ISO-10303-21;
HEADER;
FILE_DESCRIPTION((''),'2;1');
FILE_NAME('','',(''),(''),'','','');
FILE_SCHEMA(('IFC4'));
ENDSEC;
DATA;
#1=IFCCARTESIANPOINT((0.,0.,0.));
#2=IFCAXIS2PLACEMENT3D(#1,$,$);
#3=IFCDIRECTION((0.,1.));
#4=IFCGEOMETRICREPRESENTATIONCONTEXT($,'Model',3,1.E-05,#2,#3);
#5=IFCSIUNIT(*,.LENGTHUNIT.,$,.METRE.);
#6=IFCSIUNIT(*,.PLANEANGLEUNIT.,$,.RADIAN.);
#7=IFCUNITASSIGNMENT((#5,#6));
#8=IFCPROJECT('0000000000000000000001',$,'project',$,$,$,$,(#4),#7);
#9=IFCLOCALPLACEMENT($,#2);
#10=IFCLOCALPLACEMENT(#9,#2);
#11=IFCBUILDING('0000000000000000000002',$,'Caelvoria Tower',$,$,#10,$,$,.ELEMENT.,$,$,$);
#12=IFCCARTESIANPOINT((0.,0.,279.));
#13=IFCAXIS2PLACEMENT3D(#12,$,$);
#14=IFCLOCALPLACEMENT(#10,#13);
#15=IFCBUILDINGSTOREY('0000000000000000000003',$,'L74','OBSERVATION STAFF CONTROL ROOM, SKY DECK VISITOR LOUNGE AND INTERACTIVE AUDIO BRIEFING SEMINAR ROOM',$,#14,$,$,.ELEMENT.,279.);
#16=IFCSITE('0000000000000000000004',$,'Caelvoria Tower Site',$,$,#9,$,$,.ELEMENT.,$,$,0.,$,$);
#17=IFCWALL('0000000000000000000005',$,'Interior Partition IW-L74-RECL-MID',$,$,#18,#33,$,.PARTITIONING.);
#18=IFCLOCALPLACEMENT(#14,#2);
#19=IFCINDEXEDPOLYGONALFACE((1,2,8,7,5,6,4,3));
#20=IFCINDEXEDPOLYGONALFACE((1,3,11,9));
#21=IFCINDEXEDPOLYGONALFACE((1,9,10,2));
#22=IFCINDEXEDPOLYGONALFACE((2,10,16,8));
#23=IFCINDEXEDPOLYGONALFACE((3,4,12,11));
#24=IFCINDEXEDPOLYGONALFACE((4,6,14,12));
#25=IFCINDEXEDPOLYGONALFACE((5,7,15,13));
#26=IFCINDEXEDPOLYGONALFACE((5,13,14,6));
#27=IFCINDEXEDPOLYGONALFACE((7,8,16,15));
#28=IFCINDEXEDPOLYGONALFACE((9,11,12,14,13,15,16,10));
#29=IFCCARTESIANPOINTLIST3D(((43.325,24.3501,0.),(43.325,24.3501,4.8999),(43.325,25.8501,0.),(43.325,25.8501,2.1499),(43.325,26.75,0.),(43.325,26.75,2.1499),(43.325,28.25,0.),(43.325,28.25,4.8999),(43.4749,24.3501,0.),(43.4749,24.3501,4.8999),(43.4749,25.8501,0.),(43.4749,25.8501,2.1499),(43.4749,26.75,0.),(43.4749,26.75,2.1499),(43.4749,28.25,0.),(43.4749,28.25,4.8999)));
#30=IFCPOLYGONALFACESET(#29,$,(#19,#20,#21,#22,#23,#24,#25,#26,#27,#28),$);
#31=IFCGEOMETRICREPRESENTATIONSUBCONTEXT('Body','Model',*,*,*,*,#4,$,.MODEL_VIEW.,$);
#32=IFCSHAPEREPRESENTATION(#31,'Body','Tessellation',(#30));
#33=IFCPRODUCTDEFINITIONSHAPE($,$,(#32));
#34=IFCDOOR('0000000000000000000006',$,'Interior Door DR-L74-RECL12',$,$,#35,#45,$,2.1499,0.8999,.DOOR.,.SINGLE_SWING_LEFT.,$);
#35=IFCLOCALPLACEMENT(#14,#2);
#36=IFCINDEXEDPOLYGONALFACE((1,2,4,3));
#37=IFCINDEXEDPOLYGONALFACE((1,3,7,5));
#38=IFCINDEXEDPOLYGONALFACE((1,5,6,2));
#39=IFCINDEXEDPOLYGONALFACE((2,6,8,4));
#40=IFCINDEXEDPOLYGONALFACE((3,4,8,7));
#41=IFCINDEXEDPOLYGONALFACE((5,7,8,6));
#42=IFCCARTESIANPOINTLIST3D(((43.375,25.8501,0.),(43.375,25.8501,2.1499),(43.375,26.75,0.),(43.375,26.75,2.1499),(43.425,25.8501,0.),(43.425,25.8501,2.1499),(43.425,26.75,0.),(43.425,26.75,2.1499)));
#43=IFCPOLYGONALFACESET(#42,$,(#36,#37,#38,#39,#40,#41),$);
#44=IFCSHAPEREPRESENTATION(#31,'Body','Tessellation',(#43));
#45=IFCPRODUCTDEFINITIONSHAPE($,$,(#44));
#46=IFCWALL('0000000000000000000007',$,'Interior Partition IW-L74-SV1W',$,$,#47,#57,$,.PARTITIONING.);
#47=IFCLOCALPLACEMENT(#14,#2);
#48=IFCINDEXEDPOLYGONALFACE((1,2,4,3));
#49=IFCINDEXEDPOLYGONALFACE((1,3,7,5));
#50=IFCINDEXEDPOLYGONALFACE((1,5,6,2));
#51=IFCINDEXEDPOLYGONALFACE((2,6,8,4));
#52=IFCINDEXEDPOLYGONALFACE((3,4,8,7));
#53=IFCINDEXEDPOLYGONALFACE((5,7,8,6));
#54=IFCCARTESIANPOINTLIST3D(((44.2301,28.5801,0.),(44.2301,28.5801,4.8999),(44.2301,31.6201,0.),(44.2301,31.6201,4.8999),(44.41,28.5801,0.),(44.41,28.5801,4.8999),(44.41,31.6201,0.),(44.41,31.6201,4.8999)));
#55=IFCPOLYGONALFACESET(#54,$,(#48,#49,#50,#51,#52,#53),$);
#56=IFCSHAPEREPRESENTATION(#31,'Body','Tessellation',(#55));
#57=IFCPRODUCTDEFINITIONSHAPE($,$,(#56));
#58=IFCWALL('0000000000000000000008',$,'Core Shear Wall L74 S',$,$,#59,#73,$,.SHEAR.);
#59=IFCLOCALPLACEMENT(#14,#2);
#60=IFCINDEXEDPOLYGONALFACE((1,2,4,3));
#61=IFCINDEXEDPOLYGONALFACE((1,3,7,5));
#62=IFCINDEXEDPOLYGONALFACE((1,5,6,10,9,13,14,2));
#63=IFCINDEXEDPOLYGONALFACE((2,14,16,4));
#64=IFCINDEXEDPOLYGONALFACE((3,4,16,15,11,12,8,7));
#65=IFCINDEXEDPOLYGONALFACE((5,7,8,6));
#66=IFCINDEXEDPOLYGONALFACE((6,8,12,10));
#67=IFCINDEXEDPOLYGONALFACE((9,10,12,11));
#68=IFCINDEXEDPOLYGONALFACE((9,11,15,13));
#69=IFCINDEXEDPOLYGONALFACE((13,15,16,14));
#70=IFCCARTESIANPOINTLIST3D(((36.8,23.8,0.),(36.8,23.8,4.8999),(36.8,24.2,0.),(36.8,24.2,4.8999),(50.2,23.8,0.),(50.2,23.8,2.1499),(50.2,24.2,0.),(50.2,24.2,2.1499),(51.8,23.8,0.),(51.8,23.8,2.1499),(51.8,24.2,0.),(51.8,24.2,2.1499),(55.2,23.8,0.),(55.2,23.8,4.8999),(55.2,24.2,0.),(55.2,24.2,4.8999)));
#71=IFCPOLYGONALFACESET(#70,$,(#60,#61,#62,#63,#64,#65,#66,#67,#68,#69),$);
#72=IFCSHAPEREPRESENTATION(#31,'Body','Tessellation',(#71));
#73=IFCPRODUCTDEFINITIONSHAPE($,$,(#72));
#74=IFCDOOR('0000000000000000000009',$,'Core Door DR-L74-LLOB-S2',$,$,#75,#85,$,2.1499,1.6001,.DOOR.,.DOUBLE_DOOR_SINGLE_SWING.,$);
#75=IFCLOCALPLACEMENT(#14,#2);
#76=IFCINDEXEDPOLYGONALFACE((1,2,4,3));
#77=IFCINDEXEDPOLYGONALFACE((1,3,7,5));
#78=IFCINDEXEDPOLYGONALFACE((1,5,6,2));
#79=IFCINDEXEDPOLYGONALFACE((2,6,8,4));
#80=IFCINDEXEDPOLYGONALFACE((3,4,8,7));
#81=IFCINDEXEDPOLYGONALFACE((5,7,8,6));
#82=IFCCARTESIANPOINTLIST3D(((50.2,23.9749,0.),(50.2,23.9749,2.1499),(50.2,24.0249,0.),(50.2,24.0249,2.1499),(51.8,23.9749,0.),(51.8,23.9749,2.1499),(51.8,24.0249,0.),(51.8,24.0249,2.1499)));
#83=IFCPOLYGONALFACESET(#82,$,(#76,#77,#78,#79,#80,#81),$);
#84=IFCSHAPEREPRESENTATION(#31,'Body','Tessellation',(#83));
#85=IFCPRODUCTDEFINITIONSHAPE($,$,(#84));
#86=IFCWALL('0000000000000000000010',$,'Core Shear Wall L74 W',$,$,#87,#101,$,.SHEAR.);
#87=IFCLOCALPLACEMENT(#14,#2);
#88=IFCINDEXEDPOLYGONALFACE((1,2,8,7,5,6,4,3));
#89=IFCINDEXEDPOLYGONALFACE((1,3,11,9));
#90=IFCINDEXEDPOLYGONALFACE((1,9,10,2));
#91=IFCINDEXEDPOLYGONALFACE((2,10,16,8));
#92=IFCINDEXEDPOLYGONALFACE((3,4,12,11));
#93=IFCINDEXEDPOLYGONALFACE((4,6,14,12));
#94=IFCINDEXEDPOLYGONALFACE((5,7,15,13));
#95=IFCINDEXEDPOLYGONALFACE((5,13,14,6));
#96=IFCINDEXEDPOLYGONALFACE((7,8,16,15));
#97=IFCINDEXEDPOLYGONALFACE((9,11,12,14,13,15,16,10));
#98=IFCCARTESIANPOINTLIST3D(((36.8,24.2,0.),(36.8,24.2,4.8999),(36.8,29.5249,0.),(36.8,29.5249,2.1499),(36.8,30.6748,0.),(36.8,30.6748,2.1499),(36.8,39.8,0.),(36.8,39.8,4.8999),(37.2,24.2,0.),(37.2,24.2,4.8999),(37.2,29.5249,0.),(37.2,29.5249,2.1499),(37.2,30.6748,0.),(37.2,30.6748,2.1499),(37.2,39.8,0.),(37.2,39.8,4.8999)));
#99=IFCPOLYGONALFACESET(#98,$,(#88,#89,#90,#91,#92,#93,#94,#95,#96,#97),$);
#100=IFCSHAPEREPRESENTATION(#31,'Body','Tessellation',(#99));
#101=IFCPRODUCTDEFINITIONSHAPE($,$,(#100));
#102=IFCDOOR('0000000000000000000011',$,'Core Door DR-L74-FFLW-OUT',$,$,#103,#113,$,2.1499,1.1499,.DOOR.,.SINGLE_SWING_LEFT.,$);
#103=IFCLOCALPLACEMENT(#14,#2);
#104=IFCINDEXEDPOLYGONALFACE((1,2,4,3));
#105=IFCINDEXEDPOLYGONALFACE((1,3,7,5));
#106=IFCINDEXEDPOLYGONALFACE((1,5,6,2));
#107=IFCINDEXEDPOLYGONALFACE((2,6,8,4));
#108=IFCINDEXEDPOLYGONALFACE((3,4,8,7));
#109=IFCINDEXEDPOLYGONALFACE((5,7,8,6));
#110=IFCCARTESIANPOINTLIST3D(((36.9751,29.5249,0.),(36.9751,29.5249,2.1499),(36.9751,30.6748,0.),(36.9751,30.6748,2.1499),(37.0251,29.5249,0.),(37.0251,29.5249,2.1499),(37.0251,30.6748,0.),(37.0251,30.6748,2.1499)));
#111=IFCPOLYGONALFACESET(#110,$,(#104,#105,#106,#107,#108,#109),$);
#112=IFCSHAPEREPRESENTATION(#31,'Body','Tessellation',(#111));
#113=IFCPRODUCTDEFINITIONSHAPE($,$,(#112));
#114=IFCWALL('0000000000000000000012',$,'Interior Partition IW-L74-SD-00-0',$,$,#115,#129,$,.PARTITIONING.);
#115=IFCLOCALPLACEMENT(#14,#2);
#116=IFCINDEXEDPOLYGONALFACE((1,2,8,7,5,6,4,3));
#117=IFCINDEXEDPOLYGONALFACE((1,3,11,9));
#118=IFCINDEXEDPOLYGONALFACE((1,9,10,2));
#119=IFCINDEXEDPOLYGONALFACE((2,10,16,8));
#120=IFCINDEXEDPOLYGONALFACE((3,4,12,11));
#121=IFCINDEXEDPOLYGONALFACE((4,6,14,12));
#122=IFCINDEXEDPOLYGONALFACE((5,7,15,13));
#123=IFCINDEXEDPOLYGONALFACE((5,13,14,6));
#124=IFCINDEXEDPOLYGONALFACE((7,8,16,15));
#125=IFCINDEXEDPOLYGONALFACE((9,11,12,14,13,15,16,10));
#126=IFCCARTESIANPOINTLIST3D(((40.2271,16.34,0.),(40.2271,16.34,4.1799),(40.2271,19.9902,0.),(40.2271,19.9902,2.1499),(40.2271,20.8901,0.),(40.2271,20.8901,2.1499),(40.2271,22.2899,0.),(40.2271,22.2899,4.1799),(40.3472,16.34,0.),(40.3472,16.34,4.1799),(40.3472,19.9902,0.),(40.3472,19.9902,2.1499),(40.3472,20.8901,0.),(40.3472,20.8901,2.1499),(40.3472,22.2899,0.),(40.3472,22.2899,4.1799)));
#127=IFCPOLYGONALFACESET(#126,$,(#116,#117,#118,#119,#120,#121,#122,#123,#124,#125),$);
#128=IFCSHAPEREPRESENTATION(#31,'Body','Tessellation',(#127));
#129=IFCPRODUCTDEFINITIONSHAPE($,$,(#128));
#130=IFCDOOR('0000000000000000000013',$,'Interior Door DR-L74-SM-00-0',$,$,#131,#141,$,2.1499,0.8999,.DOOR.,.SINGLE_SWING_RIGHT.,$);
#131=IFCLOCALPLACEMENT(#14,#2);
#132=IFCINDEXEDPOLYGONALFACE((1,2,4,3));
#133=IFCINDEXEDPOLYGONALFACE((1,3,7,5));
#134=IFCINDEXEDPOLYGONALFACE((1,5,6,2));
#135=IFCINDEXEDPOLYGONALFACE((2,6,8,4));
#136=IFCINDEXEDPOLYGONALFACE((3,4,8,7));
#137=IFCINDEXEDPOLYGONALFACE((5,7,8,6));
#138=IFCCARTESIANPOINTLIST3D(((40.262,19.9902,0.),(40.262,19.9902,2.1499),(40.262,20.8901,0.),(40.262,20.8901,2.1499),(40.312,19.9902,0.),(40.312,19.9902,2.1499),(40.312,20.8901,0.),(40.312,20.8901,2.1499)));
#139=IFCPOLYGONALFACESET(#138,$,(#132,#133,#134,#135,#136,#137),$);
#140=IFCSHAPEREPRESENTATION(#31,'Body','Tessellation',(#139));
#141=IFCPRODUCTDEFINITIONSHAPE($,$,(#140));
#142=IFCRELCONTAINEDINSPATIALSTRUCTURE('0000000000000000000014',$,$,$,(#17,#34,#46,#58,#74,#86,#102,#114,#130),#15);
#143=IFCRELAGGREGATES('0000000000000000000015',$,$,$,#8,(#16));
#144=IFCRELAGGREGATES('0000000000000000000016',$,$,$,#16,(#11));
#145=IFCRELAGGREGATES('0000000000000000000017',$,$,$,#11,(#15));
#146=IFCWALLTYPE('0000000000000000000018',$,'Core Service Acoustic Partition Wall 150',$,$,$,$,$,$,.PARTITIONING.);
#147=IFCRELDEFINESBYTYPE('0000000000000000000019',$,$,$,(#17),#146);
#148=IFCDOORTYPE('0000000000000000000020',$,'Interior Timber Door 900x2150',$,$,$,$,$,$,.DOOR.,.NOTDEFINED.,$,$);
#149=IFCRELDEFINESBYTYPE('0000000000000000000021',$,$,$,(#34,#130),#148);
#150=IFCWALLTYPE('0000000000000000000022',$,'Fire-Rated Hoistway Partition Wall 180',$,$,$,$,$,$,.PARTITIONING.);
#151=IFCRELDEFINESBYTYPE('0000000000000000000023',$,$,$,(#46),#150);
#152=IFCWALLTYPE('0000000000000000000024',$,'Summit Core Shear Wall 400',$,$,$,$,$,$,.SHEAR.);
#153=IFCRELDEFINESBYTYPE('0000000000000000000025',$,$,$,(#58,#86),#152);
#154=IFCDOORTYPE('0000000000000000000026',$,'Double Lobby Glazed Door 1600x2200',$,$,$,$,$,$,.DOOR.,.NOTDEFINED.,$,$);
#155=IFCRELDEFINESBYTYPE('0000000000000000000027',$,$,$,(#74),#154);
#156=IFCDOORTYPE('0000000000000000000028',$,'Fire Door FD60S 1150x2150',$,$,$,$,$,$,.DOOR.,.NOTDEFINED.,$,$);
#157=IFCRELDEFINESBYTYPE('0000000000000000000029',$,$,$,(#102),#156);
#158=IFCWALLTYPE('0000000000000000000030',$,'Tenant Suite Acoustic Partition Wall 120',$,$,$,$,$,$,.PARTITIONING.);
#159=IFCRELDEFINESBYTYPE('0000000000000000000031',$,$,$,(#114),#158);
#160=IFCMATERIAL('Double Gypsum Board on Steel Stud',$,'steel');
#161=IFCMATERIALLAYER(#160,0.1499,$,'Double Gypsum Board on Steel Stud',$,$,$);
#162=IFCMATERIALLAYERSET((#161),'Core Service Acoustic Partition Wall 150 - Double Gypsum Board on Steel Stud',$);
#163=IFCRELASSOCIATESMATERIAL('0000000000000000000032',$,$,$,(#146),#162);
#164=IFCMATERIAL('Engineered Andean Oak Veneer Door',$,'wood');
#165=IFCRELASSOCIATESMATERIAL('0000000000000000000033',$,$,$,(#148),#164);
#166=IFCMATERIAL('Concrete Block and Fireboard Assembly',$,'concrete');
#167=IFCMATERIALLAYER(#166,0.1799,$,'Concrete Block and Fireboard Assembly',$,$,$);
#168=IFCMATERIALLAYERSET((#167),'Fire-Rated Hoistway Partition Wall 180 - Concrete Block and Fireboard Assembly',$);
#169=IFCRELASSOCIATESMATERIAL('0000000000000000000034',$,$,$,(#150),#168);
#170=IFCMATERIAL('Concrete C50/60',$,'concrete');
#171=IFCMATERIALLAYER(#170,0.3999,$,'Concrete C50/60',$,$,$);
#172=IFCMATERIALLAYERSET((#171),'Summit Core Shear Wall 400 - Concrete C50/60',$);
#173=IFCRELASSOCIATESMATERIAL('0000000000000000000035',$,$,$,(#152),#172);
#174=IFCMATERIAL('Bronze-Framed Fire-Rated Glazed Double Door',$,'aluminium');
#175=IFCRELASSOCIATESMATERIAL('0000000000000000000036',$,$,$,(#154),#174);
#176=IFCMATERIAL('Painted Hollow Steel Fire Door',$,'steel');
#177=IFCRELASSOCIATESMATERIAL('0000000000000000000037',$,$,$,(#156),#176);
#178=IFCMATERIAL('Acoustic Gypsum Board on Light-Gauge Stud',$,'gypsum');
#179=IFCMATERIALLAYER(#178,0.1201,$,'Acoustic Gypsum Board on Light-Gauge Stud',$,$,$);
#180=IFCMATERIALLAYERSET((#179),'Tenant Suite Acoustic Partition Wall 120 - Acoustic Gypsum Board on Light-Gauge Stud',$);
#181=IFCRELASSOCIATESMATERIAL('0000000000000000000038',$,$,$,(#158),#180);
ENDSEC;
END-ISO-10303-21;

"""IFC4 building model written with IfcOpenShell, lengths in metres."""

from ifc_helpers import new_model, si_unit, direction, frame, frame_2d, origin, place, context, subcontext, project, spatial, rectangle, extrude, material, layer, layer_set, type_object, element, fill, save


model = new_model("IFC4")

# Units and contexts
model_context = context("Model", 3, precision=1e-05, world=origin(), true_north=direction((0.0, 1.0)))
body_context = subcontext(model_context, "Body", "Model", "MODEL_VIEW")
ifc_project = project(units=[si_unit("LENGTHUNIT", "METRE"), si_unit("PLANEANGLEUNIT", "RADIAN")], contexts=[model_context])

# Site, building, storey
site_placement = place(None, origin())
site = spatial("IfcSite", under=ifc_project, at=site_placement, Name="Caelvoria Tower Site", CompositionType="ELEMENT", RefElevation=0.0)
building_placement = place(site_placement, origin())
building = spatial("IfcBuilding", under=site, at=building_placement, Name="Caelvoria Tower", CompositionType="ELEMENT")
storey_placement = place(building_placement, frame((0.0, 0.0, 279.0)))
storey = spatial("IfcBuildingStorey", under=building, at=storey_placement, Name="L74", Description="OBSERVATION STAFF CONTROL ROOM, SKY DECK VISITOR LOUNGE AND INTERACTIVE AUDIO BRIEFING SEMINAR ROOM", CompositionType="ELEMENT", Elevation=279.0)

# Shared definitions
ifc_material_1 = material(Name="Concrete C50/60", Category="concrete")
ifc_material_2 = material(Name="Painted Hollow Steel Fire Door", Category="steel")

# Wall, opening, door
ifc_material_3 = material(Name="Double Gypsum Board on Steel Stud", Category="steel")
ifc_layer_1 = layer(ifc_material_3, 0.1499, Name="Double Gypsum Board on Steel Stud")
ifc_layer_set_1 = layer_set([ifc_layer_1], Name="Core Service Acoustic Partition Wall 150 - Double Gypsum Board on Steel Stud")
wall_type_1 = type_object("IfcWallType", Name="Core Service Acoustic Partition Wall 150", PredefinedType="PARTITIONING", material=ifc_layer_set_1)
wall_1_placement = place(storey_placement, frame((43.3999, 24.3501, 0.0), z_axis=(0.0, 0.0, 1.0), x_axis=(0.0, 1.0, 0.0)))
wall_1 = element("IfcWall", 1, at=wall_1_placement, inside=storey, type_object=wall_type_1, Name="Interior Partition IW-L74-RECL-MID", PredefinedType="PARTITIONING", context=body_context, shape_type="SweptSolid", body=[
    extrude(rectangle(XDim=3.8999, YDim=0.1499, at=frame_2d((1.95, 0.0))), origin(), (0.0, 0.0, 1.0), 4.8999),
])
opening_1_placement = place(wall_1_placement, frame((1.5, 0.0, 0.0)))
opening_1 = element("IfcOpeningElement", 2, at=opening_1_placement, cuts=wall_1, PredefinedType="OPENING", context=body_context, shape_type="SweptSolid", body=[
    extrude(rectangle(XDim=0.8999, YDim=2.1499, at=frame_2d((0.45, 1.075))), frame((0.0, 0.085, 0.0), z_axis=(0.0, -1.0, 0.0), x_axis=(1.0, 0.0, 0.0)), (0.0, 0.0, 1.0), 0.1699),
])
ifc_material_4 = material(Name="Engineered Andean Oak Veneer Door", Category="wood")
door_type_1 = type_object("IfcDoorType", Name="Interior Timber Door 900x2150", OperationType="NOTDEFINED", PredefinedType="DOOR", material=ifc_material_4)
door_1_placement = place(opening_1_placement, origin())
door_1 = element("IfcDoor", 3, at=door_1_placement, inside=storey, type_object=door_type_1, Name="Interior Door DR-L74-RECL12", OperationType="SINGLE_SWING_LEFT", OverallHeight=2.1499, OverallWidth=0.8999, PredefinedType="DOOR", context=body_context, shape_type="SweptSolid", body=[
    extrude(rectangle(XDim=0.8999, YDim=2.1499, at=frame_2d((0.45, 1.075))), frame((0.0, 0.0249, 0.0), z_axis=(0.0, -1.0, 0.0), x_axis=(1.0, 0.0, 0.0)), (0.0, 0.0, 1.0), 0.05),
])
fill(opening_1, door_1)

# Wall
ifc_material_5 = material(Name="Concrete Block and Fireboard Assembly", Category="concrete")
ifc_layer_2 = layer(ifc_material_5, 0.1799, Name="Concrete Block and Fireboard Assembly")
ifc_layer_set_2 = layer_set([ifc_layer_2], Name="Fire-Rated Hoistway Partition Wall 180 - Concrete Block and Fireboard Assembly")
wall_type_2 = type_object("IfcWallType", Name="Fire-Rated Hoistway Partition Wall 180", PredefinedType="PARTITIONING", material=ifc_layer_set_2)
wall_2_placement = place(storey_placement, frame((44.3201, 28.5801, 0.0), z_axis=(0.0, 0.0, 1.0), x_axis=(0.0, 1.0, 0.0)))
element("IfcWall", 4, at=wall_2_placement, inside=storey, type_object=wall_type_2, Name="Interior Partition IW-L74-SV1W", PredefinedType="PARTITIONING", context=body_context, shape_type="SweptSolid", body=[
    extrude(rectangle(XDim=3.04, YDim=0.1799, at=frame_2d((1.52, 0.0))), origin(), (0.0, 0.0, 1.0), 4.8999),
])

# Walls, openings, doors
ifc_layer_3 = layer(ifc_material_1, 0.3999, Name="Concrete C50/60")
ifc_layer_set_3 = layer_set([ifc_layer_3], Name="Summit Core Shear Wall 400 - Concrete C50/60")
wall_type_3 = type_object("IfcWallType", Name="Summit Core Shear Wall 400", PredefinedType="SHEAR", material=ifc_layer_set_3)
wall_3_placement = place(storey_placement, frame((36.8, 24.0, 0.0), z_axis=(0.0, 0.0, 1.0), x_axis=(1.0, 0.0, 0.0)))
wall_3 = element("IfcWall", 5, at=wall_3_placement, inside=storey, type_object=wall_type_3, Name="Core Shear Wall L74 S", PredefinedType="SHEAR", context=body_context, shape_type="SweptSolid", body=[
    extrude(rectangle(XDim=18.3999, YDim=0.3999, at=frame_2d((9.2, 0.0))), origin(), (0.0, 0.0, 1.0), 4.8999),
])
opening_2_placement = place(wall_3_placement, frame((13.3999, 0.0, 0.0)))
opening_2 = element("IfcOpeningElement", 6, at=opening_2_placement, cuts=wall_3, PredefinedType="OPENING", context=body_context, shape_type="SweptSolid", body=[
    extrude(rectangle(XDim=1.6001, YDim=2.1499, at=frame_2d((0.8, 1.075))), frame((0.0, 0.21, 0.0), z_axis=(0.0, -1.0, 0.0), x_axis=(1.0, 0.0, 0.0)), (0.0, 0.0, 1.0), 0.4199),
])
ifc_material_6 = material(Name="Bronze-Framed Fire-Rated Glazed Double Door", Category="aluminium")
door_type_2 = type_object("IfcDoorType", Name="Double Lobby Glazed Door 1600x2200", OperationType="NOTDEFINED", PredefinedType="DOOR", material=ifc_material_6)
door_2_placement = place(opening_2_placement, origin())
door_2 = element("IfcDoor", 7, at=door_2_placement, inside=storey, type_object=door_type_2, Name="Core Door DR-L74-LLOB-S2", OperationType="DOUBLE_DOOR_SINGLE_SWING", OverallHeight=2.1499, OverallWidth=1.6001, PredefinedType="DOOR", context=body_context, shape_type="SweptSolid", body=[
    extrude(rectangle(XDim=1.6001, YDim=2.1499, at=frame_2d((0.8, 1.075))), frame((0.0, 0.0249, 0.0), z_axis=(0.0, -1.0, 0.0), x_axis=(1.0, 0.0, 0.0)), (0.0, 0.0, 1.0), 0.05),
])
fill(opening_2, door_2)
wall_4_placement = place(storey_placement, frame((37.0, 24.2, 0.0), z_axis=(0.0, 0.0, 1.0), x_axis=(0.0, 1.0, 0.0)))
wall_4 = element("IfcWall", 8, at=wall_4_placement, inside=storey, type_object=wall_type_3, Name="Core Shear Wall L74 W", PredefinedType="SHEAR", context=body_context, shape_type="SweptSolid", body=[
    extrude(rectangle(XDim=15.6001, YDim=0.3999, at=frame_2d((7.8, 0.0))), origin(), (0.0, 0.0, 1.0), 4.8999),
])
opening_3_placement = place(wall_4_placement, frame((5.325, 0.0, 0.0)))
opening_3 = element("IfcOpeningElement", 9, at=opening_3_placement, cuts=wall_4, PredefinedType="OPENING", context=body_context, shape_type="SweptSolid", body=[
    extrude(rectangle(XDim=1.1499, YDim=2.1499, at=frame_2d((0.575, 1.075))), frame((0.0, 0.21, 0.0), z_axis=(0.0, -1.0, 0.0), x_axis=(1.0, 0.0, 0.0)), (0.0, 0.0, 1.0), 0.4199),
])
door_type_3 = type_object("IfcDoorType", Name="Fire Door FD60S 1150x2150", OperationType="NOTDEFINED", PredefinedType="DOOR", material=ifc_material_2)
door_3_placement = place(opening_3_placement, origin())
door_3 = element("IfcDoor", 10, at=door_3_placement, inside=storey, type_object=door_type_3, Name="Core Door DR-L74-FFLW-OUT", OperationType="SINGLE_SWING_LEFT", OverallHeight=2.1499, OverallWidth=1.1499, PredefinedType="DOOR", context=body_context, shape_type="SweptSolid", body=[
    extrude(rectangle(XDim=1.1499, YDim=2.1499, at=frame_2d((0.575, 1.075))), frame((0.0, 0.0249, 0.0), z_axis=(0.0, -1.0, 0.0), x_axis=(1.0, 0.0, 0.0)), (0.0, 0.0, 1.0), 0.05),
])
fill(opening_3, door_3)
ifc_material_7 = material(Name="Acoustic Gypsum Board on Light-Gauge Stud", Category="gypsum")
ifc_layer_4 = layer(ifc_material_7, 0.1201, Name="Acoustic Gypsum Board on Light-Gauge Stud")
ifc_layer_set_4 = layer_set([ifc_layer_4], Name="Tenant Suite Acoustic Partition Wall 120 - Acoustic Gypsum Board on Light-Gauge Stud")
wall_type_4 = type_object("IfcWallType", Name="Tenant Suite Acoustic Partition Wall 120", PredefinedType="PARTITIONING", material=ifc_layer_set_4)
wall_5_placement = place(storey_placement, frame((40.2871, 22.29, 0.0), z_axis=(0.0, 0.0, 1.0), x_axis=(0.0, -1.0, 0.0)))
wall_5 = element("IfcWall", 11, at=wall_5_placement, inside=storey, type_object=wall_type_4, Name="Interior Partition IW-L74-SD-00-0", PredefinedType="PARTITIONING", context=body_context, shape_type="SweptSolid", body=[
    extrude(rectangle(XDim=5.95, YDim=0.1201, at=frame_2d((2.9751, 0.0))), origin(), (0.0, 0.0, 1.0), 4.1799),
])
opening_4_placement = place(wall_5_placement, frame((1.3999, 0.0, 0.0)))
opening_4 = element("IfcOpeningElement", 12, at=opening_4_placement, cuts=wall_5, PredefinedType="OPENING", context=body_context, shape_type="SweptSolid", body=[
    extrude(rectangle(XDim=0.8999, YDim=2.1499, at=frame_2d((0.45, 1.075))), frame((0.0, 0.0701, 0.0), z_axis=(0.0, -1.0, 0.0), x_axis=(1.0, 0.0, 0.0)), (0.0, 0.0, 1.0), 0.1401),
])
door_4_placement = place(opening_4_placement, origin())
door_4 = element("IfcDoor", 13, at=door_4_placement, inside=storey, type_object=door_type_1, Name="Interior Door DR-L74-SM-00-0", OperationType="SINGLE_SWING_RIGHT", OverallHeight=2.1499, OverallWidth=0.8999, PredefinedType="DOOR", context=body_context, shape_type="SweptSolid", body=[
    extrude(rectangle(XDim=0.8999, YDim=2.1499, at=frame_2d((0.45, 1.075))), frame((0.0, 0.0249, 0.0), z_axis=(0.0, -1.0, 0.0), x_axis=(1.0, 0.0, 0.0)), (0.0, 0.0, 1.0), 0.05),
])
fill(opening_4, door_4)

save(model, "model.ifc")
